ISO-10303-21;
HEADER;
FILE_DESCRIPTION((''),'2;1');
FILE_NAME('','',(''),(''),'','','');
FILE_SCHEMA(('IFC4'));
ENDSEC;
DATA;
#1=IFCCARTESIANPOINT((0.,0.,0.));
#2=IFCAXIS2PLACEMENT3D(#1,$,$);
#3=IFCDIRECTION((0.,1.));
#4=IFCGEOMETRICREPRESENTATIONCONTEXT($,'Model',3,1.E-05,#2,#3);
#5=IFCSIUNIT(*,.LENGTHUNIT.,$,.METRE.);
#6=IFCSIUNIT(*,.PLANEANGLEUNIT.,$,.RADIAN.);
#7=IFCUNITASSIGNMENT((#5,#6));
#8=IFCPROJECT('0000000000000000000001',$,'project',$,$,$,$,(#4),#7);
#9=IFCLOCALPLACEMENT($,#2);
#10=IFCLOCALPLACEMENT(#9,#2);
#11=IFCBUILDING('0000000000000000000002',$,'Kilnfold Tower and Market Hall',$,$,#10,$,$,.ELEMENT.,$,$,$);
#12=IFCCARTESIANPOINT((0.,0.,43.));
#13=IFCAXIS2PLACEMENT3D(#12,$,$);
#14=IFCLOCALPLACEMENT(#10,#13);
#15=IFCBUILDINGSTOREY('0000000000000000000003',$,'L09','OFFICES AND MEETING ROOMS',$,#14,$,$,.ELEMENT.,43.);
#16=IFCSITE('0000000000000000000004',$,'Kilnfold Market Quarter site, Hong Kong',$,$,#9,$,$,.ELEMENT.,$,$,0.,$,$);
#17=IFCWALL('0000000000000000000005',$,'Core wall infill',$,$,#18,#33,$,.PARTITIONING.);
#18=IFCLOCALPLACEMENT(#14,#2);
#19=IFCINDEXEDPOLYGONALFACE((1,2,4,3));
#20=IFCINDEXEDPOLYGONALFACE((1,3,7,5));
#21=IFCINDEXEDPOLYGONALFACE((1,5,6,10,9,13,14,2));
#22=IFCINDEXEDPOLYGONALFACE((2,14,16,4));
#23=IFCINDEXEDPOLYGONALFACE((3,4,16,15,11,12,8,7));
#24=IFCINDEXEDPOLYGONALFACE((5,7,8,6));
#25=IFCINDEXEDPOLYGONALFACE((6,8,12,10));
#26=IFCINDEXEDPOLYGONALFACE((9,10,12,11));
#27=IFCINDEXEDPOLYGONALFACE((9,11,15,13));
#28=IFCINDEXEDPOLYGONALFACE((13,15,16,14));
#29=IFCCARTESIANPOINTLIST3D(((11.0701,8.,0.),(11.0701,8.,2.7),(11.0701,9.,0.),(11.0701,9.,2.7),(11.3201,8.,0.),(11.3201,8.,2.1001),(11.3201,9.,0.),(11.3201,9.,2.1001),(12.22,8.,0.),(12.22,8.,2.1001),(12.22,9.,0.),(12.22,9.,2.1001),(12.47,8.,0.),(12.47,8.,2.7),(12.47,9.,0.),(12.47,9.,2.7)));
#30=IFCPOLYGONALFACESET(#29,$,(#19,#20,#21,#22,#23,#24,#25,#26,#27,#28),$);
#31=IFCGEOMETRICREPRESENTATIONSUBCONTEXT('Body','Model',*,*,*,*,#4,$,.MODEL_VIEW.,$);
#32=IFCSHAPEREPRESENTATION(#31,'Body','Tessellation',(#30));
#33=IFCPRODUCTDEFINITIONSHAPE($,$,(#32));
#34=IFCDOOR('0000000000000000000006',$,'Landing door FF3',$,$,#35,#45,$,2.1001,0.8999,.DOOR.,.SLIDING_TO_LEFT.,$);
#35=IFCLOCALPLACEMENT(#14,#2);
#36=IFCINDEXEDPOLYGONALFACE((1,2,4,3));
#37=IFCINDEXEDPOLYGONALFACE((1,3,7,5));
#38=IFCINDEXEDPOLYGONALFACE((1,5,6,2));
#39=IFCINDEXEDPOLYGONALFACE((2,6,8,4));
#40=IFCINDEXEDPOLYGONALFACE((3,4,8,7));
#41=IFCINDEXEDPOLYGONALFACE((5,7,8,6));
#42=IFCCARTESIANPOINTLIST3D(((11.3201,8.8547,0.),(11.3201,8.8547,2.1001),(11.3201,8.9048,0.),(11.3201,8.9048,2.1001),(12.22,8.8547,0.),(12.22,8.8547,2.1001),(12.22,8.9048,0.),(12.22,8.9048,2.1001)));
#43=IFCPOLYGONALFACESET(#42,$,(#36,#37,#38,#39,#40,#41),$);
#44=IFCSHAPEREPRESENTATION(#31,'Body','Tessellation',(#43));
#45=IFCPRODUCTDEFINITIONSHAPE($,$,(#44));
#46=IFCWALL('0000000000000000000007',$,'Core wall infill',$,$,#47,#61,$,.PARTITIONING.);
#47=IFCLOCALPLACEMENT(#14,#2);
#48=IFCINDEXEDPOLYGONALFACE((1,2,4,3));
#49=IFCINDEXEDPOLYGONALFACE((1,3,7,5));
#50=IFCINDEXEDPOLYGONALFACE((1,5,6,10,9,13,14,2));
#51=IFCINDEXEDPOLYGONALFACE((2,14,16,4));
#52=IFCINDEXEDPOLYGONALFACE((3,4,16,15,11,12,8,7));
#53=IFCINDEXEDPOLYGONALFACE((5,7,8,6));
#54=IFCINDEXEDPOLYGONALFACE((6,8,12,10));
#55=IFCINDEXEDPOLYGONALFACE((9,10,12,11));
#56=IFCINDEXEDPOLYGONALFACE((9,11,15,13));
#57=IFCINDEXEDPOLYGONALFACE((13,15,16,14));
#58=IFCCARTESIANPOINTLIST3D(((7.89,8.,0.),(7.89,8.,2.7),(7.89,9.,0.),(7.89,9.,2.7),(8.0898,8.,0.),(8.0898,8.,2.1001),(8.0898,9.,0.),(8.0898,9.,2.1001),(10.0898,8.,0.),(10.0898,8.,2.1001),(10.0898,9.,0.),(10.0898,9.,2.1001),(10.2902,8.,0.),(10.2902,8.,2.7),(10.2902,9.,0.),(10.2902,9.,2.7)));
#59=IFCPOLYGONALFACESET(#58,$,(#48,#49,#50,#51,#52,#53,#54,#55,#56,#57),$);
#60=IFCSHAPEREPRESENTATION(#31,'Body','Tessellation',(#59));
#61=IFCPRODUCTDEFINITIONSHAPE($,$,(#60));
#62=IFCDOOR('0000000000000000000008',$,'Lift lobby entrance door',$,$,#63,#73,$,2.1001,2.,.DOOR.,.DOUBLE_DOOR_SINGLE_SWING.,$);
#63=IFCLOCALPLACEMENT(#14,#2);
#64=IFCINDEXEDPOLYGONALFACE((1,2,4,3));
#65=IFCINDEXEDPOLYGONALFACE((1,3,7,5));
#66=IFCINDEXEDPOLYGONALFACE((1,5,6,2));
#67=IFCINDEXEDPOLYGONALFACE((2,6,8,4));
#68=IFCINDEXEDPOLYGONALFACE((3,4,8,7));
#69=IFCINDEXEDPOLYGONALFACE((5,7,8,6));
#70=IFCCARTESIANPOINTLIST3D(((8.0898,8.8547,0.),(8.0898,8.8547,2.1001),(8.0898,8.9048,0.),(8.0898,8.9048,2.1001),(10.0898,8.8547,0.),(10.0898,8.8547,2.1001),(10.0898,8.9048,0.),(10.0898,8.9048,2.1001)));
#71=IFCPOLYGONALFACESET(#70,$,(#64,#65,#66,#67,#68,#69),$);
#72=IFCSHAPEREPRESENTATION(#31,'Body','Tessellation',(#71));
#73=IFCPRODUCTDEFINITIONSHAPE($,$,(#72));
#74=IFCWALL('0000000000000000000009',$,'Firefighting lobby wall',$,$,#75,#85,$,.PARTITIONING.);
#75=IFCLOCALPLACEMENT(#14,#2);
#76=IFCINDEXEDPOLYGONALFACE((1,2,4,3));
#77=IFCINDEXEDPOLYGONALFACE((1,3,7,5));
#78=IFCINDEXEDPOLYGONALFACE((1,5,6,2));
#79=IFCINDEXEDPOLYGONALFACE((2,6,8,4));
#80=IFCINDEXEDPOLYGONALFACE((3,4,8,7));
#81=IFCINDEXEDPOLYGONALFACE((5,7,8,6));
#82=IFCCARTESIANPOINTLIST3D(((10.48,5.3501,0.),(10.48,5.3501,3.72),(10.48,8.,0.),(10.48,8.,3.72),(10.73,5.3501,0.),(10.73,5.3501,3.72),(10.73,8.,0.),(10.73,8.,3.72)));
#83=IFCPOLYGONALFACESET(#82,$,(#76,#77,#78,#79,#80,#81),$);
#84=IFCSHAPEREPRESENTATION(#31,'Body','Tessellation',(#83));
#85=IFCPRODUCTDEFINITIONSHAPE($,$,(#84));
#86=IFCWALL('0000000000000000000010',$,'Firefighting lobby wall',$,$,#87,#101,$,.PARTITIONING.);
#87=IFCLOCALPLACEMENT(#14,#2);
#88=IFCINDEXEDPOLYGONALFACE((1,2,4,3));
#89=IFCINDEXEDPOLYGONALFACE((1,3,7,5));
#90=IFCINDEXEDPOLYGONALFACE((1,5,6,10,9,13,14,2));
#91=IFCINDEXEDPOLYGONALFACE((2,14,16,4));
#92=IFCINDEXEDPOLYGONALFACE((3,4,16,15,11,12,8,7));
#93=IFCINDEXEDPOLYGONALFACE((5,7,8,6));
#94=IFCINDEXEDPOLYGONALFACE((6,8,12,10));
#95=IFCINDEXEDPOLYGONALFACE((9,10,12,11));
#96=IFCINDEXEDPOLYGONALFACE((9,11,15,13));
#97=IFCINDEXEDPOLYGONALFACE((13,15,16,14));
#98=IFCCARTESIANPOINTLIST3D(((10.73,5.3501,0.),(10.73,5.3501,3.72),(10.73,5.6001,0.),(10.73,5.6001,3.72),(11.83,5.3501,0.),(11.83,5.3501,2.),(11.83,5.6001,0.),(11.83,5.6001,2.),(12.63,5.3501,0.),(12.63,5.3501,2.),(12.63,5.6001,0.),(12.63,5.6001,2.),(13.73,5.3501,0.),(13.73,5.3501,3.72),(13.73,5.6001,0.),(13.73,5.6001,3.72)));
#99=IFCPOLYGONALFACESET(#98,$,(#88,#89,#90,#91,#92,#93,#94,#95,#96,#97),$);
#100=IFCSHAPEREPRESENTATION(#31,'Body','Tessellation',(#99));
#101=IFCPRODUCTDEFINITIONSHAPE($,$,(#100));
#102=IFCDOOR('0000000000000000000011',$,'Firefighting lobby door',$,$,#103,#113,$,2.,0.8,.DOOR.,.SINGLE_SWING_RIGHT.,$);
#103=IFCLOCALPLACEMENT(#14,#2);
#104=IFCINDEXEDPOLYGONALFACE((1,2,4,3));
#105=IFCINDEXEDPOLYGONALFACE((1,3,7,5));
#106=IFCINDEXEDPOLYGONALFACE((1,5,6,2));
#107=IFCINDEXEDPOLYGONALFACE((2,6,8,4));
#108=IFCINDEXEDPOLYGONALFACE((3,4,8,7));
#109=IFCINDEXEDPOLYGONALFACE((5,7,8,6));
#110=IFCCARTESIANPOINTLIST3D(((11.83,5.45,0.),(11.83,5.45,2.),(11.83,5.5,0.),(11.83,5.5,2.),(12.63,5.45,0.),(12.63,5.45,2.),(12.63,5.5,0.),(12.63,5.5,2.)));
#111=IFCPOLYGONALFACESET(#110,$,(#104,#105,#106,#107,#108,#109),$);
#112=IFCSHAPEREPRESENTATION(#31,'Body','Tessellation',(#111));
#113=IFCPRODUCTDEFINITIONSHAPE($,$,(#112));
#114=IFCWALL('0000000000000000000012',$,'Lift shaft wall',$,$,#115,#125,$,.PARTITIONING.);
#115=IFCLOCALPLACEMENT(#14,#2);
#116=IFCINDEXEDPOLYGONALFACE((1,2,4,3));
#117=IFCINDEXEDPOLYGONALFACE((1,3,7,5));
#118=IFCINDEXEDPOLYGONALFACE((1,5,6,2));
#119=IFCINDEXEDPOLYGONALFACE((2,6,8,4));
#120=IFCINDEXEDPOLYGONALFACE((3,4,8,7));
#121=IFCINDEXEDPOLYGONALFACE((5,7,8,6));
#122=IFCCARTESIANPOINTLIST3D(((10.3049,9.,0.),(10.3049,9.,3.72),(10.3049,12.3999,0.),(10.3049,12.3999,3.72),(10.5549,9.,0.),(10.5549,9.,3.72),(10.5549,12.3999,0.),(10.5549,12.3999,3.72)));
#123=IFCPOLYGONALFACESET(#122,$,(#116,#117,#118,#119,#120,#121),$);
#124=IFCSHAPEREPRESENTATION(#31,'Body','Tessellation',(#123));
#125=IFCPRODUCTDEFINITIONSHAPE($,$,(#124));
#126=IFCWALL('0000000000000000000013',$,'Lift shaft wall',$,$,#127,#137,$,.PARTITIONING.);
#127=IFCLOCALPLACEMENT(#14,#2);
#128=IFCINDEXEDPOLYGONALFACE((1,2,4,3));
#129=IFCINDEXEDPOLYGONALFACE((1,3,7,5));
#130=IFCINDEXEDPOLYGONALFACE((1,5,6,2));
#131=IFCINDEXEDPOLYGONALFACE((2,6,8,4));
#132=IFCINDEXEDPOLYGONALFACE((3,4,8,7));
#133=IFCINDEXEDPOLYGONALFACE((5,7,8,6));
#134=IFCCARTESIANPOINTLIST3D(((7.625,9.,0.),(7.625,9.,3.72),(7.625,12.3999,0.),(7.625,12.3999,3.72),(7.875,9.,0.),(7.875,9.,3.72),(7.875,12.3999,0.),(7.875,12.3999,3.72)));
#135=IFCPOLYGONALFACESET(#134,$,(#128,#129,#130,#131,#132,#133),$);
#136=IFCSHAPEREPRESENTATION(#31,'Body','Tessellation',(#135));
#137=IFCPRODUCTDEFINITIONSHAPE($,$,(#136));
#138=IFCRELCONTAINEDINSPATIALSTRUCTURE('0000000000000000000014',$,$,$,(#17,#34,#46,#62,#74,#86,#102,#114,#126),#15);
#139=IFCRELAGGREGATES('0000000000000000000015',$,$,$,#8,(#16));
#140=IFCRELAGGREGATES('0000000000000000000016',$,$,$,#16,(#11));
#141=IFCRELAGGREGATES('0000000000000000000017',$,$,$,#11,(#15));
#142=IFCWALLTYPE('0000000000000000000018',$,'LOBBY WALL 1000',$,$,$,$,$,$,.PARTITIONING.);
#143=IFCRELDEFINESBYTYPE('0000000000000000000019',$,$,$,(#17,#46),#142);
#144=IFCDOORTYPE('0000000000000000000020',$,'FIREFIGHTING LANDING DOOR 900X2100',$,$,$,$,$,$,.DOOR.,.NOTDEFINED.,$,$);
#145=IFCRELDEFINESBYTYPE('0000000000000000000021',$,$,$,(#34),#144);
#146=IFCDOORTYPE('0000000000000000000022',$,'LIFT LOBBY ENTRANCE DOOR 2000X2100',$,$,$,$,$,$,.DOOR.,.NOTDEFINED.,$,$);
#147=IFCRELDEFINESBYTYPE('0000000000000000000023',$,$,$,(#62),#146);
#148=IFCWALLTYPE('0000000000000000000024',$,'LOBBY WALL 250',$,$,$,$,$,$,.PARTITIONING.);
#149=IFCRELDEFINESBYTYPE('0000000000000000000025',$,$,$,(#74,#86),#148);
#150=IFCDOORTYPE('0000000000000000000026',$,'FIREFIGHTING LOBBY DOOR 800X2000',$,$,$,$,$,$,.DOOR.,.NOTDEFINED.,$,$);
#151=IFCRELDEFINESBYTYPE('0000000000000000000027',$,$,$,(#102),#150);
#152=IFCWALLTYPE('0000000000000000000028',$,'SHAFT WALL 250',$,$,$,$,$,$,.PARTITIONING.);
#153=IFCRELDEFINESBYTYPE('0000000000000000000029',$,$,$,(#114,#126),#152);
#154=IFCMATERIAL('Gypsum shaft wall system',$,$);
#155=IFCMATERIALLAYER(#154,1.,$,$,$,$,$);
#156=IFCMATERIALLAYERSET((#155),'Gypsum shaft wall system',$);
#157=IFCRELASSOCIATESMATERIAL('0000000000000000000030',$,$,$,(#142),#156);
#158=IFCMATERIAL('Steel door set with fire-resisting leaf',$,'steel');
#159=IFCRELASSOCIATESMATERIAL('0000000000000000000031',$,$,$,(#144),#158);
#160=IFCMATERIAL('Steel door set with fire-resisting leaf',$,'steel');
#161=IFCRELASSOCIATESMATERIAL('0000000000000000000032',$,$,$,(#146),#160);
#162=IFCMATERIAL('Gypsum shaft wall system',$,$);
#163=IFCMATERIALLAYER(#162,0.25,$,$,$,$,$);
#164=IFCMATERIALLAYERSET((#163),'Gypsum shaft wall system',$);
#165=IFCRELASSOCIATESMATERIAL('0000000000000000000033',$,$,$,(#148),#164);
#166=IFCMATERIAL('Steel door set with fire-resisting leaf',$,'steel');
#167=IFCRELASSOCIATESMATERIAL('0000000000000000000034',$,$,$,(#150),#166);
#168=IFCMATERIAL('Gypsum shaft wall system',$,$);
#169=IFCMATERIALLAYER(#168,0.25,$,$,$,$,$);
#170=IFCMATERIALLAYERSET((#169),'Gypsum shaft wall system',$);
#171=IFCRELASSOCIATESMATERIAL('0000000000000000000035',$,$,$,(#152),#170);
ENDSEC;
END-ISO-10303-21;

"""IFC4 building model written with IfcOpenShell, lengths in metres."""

from ifc_helpers import new_model, si_unit, direction, frame, frame_2d, origin, place, context, subcontext, project, spatial, rectangle, extrude, source, transform, mapped, material, layer, layer_set, type_object, element, fill, save


model = new_model("IFC4")

# Units and contexts
model_context = context("Model", 3, precision=1e-05, world=origin(), true_north=direction((0.0, 1.0)))
body_context = subcontext(model_context, "Body", "Model", "MODEL_VIEW")
ifc_project = project(units=[si_unit("LENGTHUNIT", "METRE"), si_unit("PLANEANGLEUNIT", "RADIAN")], contexts=[model_context])

# Site, building, storey
site_placement = place(None, origin())
site = spatial("IfcSite", under=ifc_project, at=site_placement, Name="Kilnfold Market Quarter site, Hong Kong", CompositionType="ELEMENT", RefElevation=0.0)
building_placement = place(site_placement, origin())
building = spatial("IfcBuilding", under=site, at=building_placement, Name="Kilnfold Tower and Market Hall", CompositionType="ELEMENT")
storey_placement = place(building_placement, frame((0.0, 0.0, 43.0)))
storey = spatial("IfcBuildingStorey", under=building, at=storey_placement, Name="L09", Description="OFFICES AND MEETING ROOMS", CompositionType="ELEMENT", Elevation=43.0)

# Walls, openings, doors
ifc_material_1 = material(Name="Gypsum shaft wall system")
ifc_layer_1 = layer(ifc_material_1, 1.0)
ifc_layer_set_1 = layer_set([ifc_layer_1], Name="Gypsum shaft wall system")
wall_type_1 = type_object("IfcWallType", Name="LOBBY WALL 1000", PredefinedType="PARTITIONING", material=ifc_layer_set_1)
shared_shape_1 = source(origin(), body_context, "Body", "SweptSolid", [
    extrude(rectangle(XDim=1.3999, YDim=1.0, at=frame_2d((0.7, 0.0))), origin(), (0.0, 0.0, 1.0), 2.7),
])
wall_1_placement = place(storey_placement, frame((11.0701, 8.5, 0.0), z_axis=(0.0, 0.0, 1.0), x_axis=(1.0, 0.0, 0.0)))
wall_1 = element("IfcWall", 1, at=wall_1_placement, inside=storey, type_object=wall_type_1, Name="Core wall infill", PredefinedType="PARTITIONING", context=body_context, shape_type="MappedRepresentation", body=[
    mapped(shared_shape_1, transform((0.0, 0.0, 0.0))),
])
opening_1_placement = place(wall_1_placement, frame((0.25, 0.0, 0.0)))
opening_1 = element("IfcOpeningElement", 2, at=opening_1_placement, cuts=wall_1, PredefinedType="OPENING", context=body_context, shape_type="SweptSolid", body=[
    extrude(rectangle(XDim=0.8999, YDim=2.1001, at=frame_2d((0.45, 1.05))), frame((0.0, 0.51, 0.0), z_axis=(0.0, -1.0, 0.0), x_axis=(1.0, 0.0, 0.0)), (0.0, 0.0, 1.0), 1.02),
])
ifc_material_2 = material(Name="Steel door set with fire-resisting leaf", Category="steel")
door_type_1 = type_object("IfcDoorType", Name="FIREFIGHTING LANDING DOOR 900X2100", OperationType="NOTDEFINED", PredefinedType="DOOR", material=ifc_material_2)
door_1_placement = place(opening_1_placement, origin())
door_1 = element("IfcDoor", 3, at=door_1_placement, inside=storey, type_object=door_type_1, Name="Landing door FF3", OperationType="SLIDING_TO_LEFT", OverallHeight=2.1001, OverallWidth=0.8999, PredefinedType="DOOR", context=body_context, shape_type="SweptSolid", body=[
    extrude(rectangle(XDim=0.8999, YDim=2.1001, at=frame_2d((0.45, 1.05))), frame((0.0, 0.4048, 0.0), z_axis=(0.0, -1.0, 0.0), x_axis=(1.0, 0.0, 0.0)), (0.0, 0.0, 1.0), 0.05),
])
fill(opening_1, door_1)
shared_shape_2 = source(origin(), body_context, "Body", "SweptSolid", [
    extrude(rectangle(XDim=2.4001, YDim=1.0, at=frame_2d((1.2002, 0.0))), origin(), (0.0, 0.0, 1.0), 2.7),
])
wall_2_placement = place(storey_placement, frame((7.8899, 8.5, 0.0), z_axis=(0.0, 0.0, 1.0), x_axis=(1.0, 0.0, 0.0)))
wall_2 = element("IfcWall", 4, at=wall_2_placement, inside=storey, type_object=wall_type_1, Name="Core wall infill", PredefinedType="PARTITIONING", context=body_context, shape_type="MappedRepresentation", body=[
    mapped(shared_shape_2, transform((0.0, 0.0, 0.0))),
])
opening_2_placement = place(wall_2_placement, frame((0.2, 0.0, 0.0)))
opening_2 = element("IfcOpeningElement", 5, at=opening_2_placement, cuts=wall_2, PredefinedType="OPENING", context=body_context, shape_type="SweptSolid", body=[
    extrude(rectangle(XDim=2.0, YDim=2.1001, at=frame_2d((1.0, 1.05))), frame((0.0, 0.51, 0.0), z_axis=(0.0, -1.0, 0.0), x_axis=(1.0, 0.0, 0.0)), (0.0, 0.0, 1.0), 1.02),
])
ifc_material_3 = material(Name="Steel door set with fire-resisting leaf", Category="steel")
door_type_2 = type_object("IfcDoorType", Name="LIFT LOBBY ENTRANCE DOOR 2000X2100", OperationType="NOTDEFINED", PredefinedType="DOOR", material=ifc_material_3)
door_2_placement = place(opening_2_placement, origin())
door_2 = element("IfcDoor", 6, at=door_2_placement, inside=storey, type_object=door_type_2, Name="Lift lobby entrance door", OperationType="DOUBLE_DOOR_SINGLE_SWING", OverallHeight=2.1001, OverallWidth=2.0, PredefinedType="DOOR", context=body_context, shape_type="SweptSolid", body=[
    extrude(rectangle(XDim=2.0, YDim=2.1001, at=frame_2d((1.0, 1.05))), frame((0.0, 0.4048, 0.0), z_axis=(0.0, -1.0, 0.0), x_axis=(1.0, 0.0, 0.0)), (0.0, 0.0, 1.0), 0.05),
])
fill(opening_2, door_2)

# Wall
ifc_material_4 = material(Name="Gypsum shaft wall system")
ifc_layer_2 = layer(ifc_material_4, 0.25)
ifc_layer_set_2 = layer_set([ifc_layer_2], Name="Gypsum shaft wall system")
wall_type_2 = type_object("IfcWallType", Name="LOBBY WALL 250", PredefinedType="PARTITIONING", material=ifc_layer_set_2)
shared_shape_3 = source(origin(), body_context, "Body", "SweptSolid", [
    extrude(rectangle(XDim=2.6499, YDim=0.25, at=frame_2d((1.325, 0.0))), origin(), (0.0, 0.0, 1.0), 3.72),
])
wall_3_placement = place(storey_placement, frame((10.605, 5.3501, 0.0), z_axis=(0.0, 0.0, 1.0), x_axis=(0.0, 1.0, 0.0)))
element("IfcWall", 7, at=wall_3_placement, inside=storey, type_object=wall_type_2, Name="Firefighting lobby wall", PredefinedType="PARTITIONING", context=body_context, shape_type="MappedRepresentation", body=[
    mapped(shared_shape_3, transform((0.0, 0.0, 0.0))),
])

# Wall, opening, door
shared_shape_4 = source(origin(), body_context, "Body", "SweptSolid", [
    extrude(rectangle(XDim=3.0, YDim=0.25, at=frame_2d((1.5, 0.0))), origin(), (0.0, 0.0, 1.0), 3.72),
])
wall_4_placement = place(storey_placement, frame((10.73, 5.4751, 0.0), z_axis=(0.0, 0.0, 1.0), x_axis=(1.0, 0.0, 0.0)))
wall_4 = element("IfcWall", 8, at=wall_4_placement, inside=storey, type_object=wall_type_2, Name="Firefighting lobby wall", PredefinedType="PARTITIONING", context=body_context, shape_type="MappedRepresentation", body=[
    mapped(shared_shape_4, transform((0.0, 0.0, 0.0))),
])
opening_3_placement = place(wall_4_placement, frame((1.1001, 0.0, 0.0)))
opening_3 = element("IfcOpeningElement", 9, at=opening_3_placement, cuts=wall_4, PredefinedType="OPENING", context=body_context, shape_type="SweptSolid", body=[
    extrude(rectangle(XDim=0.8, YDim=2.0, at=frame_2d((0.3999, 1.0))), frame((0.0, 0.135, 0.0), z_axis=(0.0, -1.0, 0.0), x_axis=(1.0, 0.0, 0.0)), (0.0, 0.0, 1.0), 0.27),
])
ifc_material_5 = material(Name="Steel door set with fire-resisting leaf", Category="steel")
door_type_3 = type_object("IfcDoorType", Name="FIREFIGHTING LOBBY DOOR 800X2000", OperationType="NOTDEFINED", PredefinedType="DOOR", material=ifc_material_5)
door_3_placement = place(opening_3_placement, origin())
door_3 = element("IfcDoor", 10, at=door_3_placement, inside=storey, type_object=door_type_3, Name="Firefighting lobby door", OperationType="SINGLE_SWING_RIGHT", OverallHeight=2.0, OverallWidth=0.8, PredefinedType="DOOR", context=body_context, shape_type="SweptSolid", body=[
    extrude(rectangle(XDim=0.8, YDim=2.0, at=frame_2d((0.3999, 1.0))), frame((0.0, 0.0249, 0.0), z_axis=(0.0, -1.0, 0.0), x_axis=(1.0, 0.0, 0.0)), (0.0, 0.0, 1.0), 0.05),
])
fill(opening_3, door_3)

# Walls
ifc_material_6 = material(Name="Gypsum shaft wall system")
ifc_layer_3 = layer(ifc_material_6, 0.25)
ifc_layer_set_3 = layer_set([ifc_layer_3], Name="Gypsum shaft wall system")
wall_type_3 = type_object("IfcWallType", Name="SHAFT WALL 250", PredefinedType="PARTITIONING", material=ifc_layer_set_3)
shared_shape_5 = source(origin(), body_context, "Body", "SweptSolid", [
    extrude(rectangle(XDim=3.3999, YDim=0.25, at=frame_2d((1.7, 0.0))), origin(), (0.0, 0.0, 1.0), 3.72),
])
for number, where, z_axis, x_axis, name in (
    (11, (10.4299, 9.0, 0.0), (0.0, 0.0, 1.0), (0.0, 1.0, 0.0), "Lift shaft wall"),
    (12, (7.75, 9.0, 0.0), (0.0, 0.0, 1.0), (0.0, 1.0, 0.0), "Lift shaft wall"),
):
    element("IfcWall", number, at=place(storey_placement, frame(where, z_axis=z_axis, x_axis=x_axis)), inside=storey, type_object=wall_type_3, Name=name, PredefinedType="PARTITIONING", context=body_context, shape_type="MappedRepresentation", body=[
        mapped(shared_shape_5, transform((0.0, 0.0, 0.0))),
    ])

save(model, "model.ifc")
